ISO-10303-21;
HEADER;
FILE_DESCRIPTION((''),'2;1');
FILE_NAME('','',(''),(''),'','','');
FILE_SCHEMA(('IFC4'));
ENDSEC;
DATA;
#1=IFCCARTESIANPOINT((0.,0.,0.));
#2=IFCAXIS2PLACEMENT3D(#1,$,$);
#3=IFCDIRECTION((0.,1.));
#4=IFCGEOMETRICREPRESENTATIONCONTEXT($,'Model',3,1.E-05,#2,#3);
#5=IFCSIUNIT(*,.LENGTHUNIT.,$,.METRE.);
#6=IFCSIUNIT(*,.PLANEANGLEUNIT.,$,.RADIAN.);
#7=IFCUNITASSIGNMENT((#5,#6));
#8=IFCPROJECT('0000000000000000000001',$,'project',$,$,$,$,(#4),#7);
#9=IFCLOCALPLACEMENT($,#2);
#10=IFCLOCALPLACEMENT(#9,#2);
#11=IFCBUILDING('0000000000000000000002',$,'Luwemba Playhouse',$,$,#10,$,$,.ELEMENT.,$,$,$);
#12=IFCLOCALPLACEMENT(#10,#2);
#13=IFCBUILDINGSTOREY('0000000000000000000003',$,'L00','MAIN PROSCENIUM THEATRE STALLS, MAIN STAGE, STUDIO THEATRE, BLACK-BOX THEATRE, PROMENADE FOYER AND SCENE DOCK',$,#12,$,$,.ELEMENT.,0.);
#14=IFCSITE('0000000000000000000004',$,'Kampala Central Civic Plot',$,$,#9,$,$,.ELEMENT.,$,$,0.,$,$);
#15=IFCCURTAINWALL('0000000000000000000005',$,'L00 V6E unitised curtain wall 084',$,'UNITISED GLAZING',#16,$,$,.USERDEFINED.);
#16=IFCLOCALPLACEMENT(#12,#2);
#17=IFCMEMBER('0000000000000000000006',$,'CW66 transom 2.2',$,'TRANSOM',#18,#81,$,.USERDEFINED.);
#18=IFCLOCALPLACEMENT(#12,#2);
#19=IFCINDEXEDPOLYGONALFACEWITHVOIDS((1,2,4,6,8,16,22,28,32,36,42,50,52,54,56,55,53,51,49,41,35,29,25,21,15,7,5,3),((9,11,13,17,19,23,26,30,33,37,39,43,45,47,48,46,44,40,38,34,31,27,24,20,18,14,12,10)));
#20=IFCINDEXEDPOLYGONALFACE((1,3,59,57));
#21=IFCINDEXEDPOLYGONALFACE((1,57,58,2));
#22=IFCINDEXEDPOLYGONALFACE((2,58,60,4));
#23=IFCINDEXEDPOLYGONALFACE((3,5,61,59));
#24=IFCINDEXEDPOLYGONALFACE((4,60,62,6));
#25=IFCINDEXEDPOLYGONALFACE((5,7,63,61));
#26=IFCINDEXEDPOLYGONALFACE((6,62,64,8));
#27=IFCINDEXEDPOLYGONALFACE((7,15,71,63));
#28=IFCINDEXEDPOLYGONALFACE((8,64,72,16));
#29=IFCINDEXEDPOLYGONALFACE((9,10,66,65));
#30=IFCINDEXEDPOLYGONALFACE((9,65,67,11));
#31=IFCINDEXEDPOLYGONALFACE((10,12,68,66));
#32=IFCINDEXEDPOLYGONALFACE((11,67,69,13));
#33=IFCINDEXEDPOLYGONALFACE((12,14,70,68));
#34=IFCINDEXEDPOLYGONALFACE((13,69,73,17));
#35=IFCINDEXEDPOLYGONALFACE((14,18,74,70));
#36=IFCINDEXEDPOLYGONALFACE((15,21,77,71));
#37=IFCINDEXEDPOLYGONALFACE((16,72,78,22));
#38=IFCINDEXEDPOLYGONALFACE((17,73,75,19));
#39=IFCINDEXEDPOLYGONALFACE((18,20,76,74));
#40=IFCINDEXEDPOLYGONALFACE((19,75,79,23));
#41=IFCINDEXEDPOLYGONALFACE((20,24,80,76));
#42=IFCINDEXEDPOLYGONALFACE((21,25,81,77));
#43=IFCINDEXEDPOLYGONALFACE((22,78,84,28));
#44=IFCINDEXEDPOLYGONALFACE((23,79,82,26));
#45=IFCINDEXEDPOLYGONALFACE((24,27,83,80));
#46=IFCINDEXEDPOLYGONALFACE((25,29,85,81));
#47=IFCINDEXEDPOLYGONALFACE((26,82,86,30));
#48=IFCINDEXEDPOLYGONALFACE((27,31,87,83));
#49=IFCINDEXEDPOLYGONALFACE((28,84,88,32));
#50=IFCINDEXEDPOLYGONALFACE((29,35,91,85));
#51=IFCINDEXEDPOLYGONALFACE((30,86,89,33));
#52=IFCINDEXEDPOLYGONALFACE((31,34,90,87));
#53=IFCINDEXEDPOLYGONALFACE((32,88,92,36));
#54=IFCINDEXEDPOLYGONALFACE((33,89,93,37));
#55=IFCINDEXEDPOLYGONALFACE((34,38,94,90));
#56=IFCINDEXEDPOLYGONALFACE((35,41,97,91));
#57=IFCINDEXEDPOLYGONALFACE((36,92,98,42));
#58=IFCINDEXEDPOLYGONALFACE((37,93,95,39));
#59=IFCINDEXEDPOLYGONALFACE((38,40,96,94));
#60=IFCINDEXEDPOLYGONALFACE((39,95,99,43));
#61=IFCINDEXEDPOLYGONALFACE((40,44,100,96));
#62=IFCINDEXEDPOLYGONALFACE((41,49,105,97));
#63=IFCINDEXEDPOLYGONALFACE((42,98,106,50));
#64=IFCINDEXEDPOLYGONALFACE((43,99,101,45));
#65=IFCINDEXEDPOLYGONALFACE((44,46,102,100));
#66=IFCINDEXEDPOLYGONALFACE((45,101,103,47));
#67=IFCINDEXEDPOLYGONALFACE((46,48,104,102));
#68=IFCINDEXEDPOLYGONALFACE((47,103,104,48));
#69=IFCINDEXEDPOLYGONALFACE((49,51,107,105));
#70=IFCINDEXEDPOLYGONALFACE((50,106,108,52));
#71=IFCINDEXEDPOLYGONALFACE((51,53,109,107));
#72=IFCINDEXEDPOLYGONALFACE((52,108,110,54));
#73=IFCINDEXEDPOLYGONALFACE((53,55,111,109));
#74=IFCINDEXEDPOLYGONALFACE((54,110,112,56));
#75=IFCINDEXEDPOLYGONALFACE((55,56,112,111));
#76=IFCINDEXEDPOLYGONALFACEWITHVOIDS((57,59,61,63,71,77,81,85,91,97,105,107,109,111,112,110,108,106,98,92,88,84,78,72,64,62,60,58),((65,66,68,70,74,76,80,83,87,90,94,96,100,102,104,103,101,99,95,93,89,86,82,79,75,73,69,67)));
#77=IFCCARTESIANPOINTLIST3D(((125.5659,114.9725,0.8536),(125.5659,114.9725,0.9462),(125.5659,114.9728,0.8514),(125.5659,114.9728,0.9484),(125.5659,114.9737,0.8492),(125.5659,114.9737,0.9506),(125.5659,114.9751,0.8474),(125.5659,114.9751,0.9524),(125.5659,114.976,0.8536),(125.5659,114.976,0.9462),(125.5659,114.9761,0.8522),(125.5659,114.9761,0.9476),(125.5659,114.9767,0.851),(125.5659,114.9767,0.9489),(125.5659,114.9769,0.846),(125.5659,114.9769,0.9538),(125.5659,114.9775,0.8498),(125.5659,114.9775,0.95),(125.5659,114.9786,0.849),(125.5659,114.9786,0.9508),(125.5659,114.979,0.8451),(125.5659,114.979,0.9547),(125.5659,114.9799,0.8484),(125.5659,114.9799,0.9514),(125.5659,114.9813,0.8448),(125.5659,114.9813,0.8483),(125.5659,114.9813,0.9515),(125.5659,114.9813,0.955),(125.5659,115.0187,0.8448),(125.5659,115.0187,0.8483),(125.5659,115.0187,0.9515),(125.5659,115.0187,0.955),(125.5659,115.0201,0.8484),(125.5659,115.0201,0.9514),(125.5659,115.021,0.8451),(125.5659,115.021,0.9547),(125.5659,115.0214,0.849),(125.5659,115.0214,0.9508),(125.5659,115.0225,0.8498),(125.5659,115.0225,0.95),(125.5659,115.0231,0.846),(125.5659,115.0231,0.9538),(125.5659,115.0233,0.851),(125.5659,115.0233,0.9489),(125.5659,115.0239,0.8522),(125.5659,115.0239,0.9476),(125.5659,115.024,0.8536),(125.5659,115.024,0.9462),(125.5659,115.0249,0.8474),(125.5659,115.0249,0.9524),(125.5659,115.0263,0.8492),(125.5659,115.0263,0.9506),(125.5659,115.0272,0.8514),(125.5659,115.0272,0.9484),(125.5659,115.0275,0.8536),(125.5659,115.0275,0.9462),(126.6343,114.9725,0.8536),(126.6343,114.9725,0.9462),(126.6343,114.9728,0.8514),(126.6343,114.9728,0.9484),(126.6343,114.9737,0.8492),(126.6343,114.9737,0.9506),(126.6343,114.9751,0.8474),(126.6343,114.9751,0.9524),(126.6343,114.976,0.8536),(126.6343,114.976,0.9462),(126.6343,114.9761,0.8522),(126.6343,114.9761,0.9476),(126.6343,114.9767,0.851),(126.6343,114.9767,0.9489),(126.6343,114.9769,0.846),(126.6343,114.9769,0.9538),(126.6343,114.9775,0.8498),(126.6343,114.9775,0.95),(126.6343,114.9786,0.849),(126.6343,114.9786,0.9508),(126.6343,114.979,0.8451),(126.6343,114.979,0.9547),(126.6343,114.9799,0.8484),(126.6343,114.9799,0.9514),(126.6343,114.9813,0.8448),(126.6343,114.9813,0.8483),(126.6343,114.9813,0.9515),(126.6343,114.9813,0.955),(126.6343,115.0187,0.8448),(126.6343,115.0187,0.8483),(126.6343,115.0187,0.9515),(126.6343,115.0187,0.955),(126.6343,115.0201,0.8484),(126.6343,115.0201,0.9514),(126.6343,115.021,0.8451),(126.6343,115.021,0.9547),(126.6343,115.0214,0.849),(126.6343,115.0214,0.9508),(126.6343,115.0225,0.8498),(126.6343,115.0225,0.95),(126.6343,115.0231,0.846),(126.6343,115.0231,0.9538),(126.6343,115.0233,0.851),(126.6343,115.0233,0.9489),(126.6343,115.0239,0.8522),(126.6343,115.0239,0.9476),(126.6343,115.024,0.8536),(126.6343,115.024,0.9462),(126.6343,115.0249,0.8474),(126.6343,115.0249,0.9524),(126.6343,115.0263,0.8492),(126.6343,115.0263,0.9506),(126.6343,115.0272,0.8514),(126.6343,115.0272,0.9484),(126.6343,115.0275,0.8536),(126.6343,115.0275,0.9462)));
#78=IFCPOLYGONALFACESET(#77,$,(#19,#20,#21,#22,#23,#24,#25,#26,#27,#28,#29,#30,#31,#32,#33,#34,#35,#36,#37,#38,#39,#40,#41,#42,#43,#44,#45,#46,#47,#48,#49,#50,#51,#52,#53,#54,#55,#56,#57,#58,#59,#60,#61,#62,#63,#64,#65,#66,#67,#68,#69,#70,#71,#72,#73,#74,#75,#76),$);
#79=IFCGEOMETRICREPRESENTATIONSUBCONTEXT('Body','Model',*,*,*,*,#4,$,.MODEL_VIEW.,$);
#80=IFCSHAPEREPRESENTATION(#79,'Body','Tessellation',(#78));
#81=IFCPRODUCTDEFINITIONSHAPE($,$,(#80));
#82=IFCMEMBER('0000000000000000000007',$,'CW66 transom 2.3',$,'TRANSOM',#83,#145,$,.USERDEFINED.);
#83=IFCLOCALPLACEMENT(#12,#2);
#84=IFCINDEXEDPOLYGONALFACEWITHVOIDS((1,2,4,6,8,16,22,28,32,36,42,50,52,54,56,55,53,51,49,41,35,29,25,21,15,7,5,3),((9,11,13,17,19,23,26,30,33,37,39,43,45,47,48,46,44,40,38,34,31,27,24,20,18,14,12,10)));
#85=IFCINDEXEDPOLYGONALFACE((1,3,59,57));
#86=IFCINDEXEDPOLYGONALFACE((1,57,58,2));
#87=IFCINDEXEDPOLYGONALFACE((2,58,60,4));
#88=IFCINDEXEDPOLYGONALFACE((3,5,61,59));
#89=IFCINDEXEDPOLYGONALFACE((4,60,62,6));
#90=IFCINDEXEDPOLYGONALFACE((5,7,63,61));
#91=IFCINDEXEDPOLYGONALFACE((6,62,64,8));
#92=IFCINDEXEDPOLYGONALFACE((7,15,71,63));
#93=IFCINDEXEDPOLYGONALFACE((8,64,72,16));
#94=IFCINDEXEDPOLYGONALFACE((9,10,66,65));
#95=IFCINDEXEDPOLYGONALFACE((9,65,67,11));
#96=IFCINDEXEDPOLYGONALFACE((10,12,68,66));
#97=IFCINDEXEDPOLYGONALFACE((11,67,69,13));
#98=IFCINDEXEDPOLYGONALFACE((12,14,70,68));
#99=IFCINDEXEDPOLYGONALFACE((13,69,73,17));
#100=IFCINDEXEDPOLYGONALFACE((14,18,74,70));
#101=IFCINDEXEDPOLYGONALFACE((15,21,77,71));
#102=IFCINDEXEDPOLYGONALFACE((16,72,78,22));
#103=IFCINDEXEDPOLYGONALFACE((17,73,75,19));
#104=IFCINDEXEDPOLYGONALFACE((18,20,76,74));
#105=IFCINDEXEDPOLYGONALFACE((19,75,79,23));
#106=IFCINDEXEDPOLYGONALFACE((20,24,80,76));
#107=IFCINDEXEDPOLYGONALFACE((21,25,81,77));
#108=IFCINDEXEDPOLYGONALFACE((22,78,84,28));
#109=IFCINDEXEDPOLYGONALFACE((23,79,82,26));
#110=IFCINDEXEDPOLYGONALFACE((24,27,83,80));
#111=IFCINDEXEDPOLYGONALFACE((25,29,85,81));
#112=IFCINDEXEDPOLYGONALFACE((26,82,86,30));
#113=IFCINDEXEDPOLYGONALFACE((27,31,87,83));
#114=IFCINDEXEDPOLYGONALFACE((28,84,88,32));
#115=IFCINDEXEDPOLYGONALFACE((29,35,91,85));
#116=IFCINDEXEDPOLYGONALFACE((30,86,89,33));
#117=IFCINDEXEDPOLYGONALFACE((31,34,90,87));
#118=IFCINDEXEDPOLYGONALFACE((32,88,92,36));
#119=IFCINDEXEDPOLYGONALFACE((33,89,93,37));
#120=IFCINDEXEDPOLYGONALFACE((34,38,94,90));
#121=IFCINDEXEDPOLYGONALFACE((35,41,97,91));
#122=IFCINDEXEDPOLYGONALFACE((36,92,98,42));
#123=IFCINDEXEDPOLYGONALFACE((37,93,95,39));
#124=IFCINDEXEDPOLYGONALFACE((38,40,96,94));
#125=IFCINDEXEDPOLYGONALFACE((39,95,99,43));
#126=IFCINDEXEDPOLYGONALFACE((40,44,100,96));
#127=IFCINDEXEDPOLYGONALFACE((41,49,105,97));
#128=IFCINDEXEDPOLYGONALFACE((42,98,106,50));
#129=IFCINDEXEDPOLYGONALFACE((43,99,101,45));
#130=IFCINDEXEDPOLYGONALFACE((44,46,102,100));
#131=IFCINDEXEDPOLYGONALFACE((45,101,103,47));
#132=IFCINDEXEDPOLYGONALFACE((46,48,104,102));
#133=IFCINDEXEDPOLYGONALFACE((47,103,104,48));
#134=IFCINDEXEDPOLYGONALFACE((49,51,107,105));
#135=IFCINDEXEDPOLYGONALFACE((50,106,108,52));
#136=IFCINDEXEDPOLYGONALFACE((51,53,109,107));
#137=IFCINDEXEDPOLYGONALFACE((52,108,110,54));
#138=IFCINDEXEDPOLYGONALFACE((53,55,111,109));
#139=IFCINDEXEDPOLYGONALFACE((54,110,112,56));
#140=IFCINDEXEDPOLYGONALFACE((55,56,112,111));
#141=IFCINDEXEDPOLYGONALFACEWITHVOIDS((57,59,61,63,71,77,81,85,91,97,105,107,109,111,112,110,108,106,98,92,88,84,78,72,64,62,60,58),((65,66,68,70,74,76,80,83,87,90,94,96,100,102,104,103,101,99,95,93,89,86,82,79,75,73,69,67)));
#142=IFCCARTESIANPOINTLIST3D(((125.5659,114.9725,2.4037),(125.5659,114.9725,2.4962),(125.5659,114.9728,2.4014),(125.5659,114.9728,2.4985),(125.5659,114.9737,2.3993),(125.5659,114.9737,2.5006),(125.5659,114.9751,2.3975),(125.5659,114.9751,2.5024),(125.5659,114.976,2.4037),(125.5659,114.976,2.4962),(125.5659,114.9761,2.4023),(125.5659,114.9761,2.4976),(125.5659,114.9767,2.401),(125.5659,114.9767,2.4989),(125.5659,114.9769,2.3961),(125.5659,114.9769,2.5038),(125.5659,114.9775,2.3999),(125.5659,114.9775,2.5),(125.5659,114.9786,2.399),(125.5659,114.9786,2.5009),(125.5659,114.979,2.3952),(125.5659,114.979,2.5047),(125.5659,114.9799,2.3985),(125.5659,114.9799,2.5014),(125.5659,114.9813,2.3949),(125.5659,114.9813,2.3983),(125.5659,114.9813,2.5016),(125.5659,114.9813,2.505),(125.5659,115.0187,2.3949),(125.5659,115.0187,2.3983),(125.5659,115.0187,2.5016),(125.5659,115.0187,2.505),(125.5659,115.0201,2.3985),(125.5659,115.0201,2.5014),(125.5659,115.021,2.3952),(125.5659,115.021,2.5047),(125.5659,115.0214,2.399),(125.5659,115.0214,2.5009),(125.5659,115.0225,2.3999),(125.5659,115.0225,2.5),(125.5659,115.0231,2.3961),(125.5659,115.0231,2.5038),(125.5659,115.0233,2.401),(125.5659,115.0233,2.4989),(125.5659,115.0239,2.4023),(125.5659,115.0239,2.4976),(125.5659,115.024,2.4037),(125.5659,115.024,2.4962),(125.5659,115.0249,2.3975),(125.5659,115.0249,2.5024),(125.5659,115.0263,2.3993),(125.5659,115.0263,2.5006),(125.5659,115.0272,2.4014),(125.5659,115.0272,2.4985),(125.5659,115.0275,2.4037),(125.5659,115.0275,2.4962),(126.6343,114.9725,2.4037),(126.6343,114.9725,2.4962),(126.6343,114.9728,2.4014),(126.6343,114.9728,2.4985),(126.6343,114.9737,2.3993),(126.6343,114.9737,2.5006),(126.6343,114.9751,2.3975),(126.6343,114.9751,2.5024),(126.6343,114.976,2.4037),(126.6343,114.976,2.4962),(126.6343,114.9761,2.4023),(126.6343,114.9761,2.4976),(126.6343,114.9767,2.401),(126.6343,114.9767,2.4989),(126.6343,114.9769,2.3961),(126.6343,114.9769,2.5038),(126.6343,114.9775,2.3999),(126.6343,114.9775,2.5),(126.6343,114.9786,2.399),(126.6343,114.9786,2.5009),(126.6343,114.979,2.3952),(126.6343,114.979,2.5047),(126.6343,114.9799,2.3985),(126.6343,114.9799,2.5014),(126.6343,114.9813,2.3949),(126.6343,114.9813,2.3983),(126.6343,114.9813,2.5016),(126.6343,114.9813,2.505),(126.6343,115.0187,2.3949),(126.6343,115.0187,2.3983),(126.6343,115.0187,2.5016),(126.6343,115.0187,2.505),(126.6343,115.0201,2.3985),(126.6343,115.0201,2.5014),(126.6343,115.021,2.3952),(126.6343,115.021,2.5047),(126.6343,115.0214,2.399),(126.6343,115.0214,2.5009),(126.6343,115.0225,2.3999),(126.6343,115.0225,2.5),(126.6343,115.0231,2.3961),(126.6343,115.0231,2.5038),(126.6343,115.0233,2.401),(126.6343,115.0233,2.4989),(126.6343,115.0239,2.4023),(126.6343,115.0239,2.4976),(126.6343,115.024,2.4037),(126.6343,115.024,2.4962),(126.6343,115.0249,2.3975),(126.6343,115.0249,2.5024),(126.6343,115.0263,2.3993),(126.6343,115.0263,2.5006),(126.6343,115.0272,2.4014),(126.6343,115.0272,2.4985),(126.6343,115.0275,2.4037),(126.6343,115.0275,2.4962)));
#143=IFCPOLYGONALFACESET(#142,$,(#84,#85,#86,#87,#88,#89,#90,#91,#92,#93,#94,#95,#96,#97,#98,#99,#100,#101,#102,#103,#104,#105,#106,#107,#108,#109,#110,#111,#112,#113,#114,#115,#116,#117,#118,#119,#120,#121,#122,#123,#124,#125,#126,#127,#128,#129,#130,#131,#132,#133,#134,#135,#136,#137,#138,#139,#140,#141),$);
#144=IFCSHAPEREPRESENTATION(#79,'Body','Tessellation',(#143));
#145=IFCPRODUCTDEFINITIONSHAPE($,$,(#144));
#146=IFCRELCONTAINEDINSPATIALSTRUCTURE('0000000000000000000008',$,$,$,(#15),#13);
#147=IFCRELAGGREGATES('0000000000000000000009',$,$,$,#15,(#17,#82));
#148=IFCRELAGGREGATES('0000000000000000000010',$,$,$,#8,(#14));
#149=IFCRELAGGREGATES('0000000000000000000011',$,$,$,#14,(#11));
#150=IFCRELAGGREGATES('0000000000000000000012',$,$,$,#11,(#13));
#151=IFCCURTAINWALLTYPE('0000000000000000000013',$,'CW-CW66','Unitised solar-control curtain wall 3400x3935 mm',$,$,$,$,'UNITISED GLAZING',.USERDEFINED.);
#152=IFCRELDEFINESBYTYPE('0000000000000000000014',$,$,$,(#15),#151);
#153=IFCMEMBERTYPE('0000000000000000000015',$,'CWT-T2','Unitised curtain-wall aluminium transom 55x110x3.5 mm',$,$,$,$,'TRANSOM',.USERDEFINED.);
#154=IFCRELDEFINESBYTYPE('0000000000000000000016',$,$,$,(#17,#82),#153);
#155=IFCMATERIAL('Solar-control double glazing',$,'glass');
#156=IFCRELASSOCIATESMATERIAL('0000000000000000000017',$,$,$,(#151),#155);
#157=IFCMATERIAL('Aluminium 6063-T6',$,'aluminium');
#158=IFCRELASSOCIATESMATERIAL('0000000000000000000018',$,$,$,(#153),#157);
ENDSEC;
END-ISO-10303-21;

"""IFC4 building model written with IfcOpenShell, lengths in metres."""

from ifc_helpers import new_model, si_unit, direction, frame, origin, origin_2d, place, context, subcontext, project, spatial, hollow_rectangle, extrude, material, material_profile, profile_set, type_object, element, aggregate, save


model = new_model("IFC4")

# Units and contexts
model_context = context("Model", 3, precision=1e-05, world=origin(), true_north=direction((0.0, 1.0)))
body_context = subcontext(model_context, "Body", "Model", "MODEL_VIEW")
ifc_project = project(units=[si_unit("LENGTHUNIT", "METRE"), si_unit("PLANEANGLEUNIT", "RADIAN")], contexts=[model_context])

# Site, building, storey
site_placement = place(None, origin())
site = spatial("IfcSite", under=ifc_project, at=site_placement, Name="Kampala Central Civic Plot", CompositionType="ELEMENT", RefElevation=0.0)
building_placement = place(site_placement, origin())
building = spatial("IfcBuilding", under=site, at=building_placement, Name="Luwemba Playhouse", CompositionType="ELEMENT")
storey_placement = place(building_placement, origin())
storey = spatial("IfcBuildingStorey", under=building, at=storey_placement, Name="L00", Description="MAIN PROSCENIUM THEATRE STALLS, MAIN STAGE, STUDIO THEATRE, BLACK-BOX THEATRE, PROMENADE FOYER AND SCENE DOCK", CompositionType="ELEMENT", Elevation=0.0)

# Curtain wall, members
ifc_material_1 = material(Name="Solar-control double glazing", Category="glass")
curtain_wall_type = type_object("IfcCurtainWallType", Name="CW-CW66", Description="Unitised solar-control curtain wall 3400x3935 mm", ElementType="UNITISED GLAZING", PredefinedType="USERDEFINED", material=ifc_material_1)
curtain_wall_placement = place(storey_placement, origin())
curtain_wall = element("IfcCurtainWall", 1, at=curtain_wall_placement, inside=storey, type_object=curtain_wall_type, Name="L00 V6E unitised curtain wall 084", ObjectType="UNITISED GLAZING", PredefinedType="USERDEFINED")
ifc_material_2 = material(Name="Aluminium 6063-T6", Category="aluminium")
ifc_material_profile_1 = material_profile(ifc_material_2, hollow_rectangle(XDim=0.0549, YDim=0.1101, WallThickness=0.0034, InnerFilletRadius=0.0054, OuterFilletRadius=0.0088, at=origin_2d()))
ifc_profile_set_1 = profile_set([ifc_material_profile_1], Name="Aluminium 6063-T6")
member_type_1 = type_object("IfcMemberType", Name="CWT-T2", Description="Unitised curtain-wall aluminium transom 55x110x3.5 mm", ElementType="TRANSOM", PredefinedType="USERDEFINED", material=ifc_profile_set_1)
member_1_placement = place(storey_placement, frame((125.5659, 115.0, 0.8999), z_axis=(1.0, 0.0, 0.0), x_axis=(0.0, 1.0, 0.0)))
member_1 = element("IfcMember", 2, at=member_1_placement, type_object=member_type_1, Name="CW66 transom 2.2", ObjectType="TRANSOM", PredefinedType="USERDEFINED", context=body_context, shape_type="SweptSolid", body=[
    extrude(hollow_rectangle(XDim=0.0549, YDim=0.1101, WallThickness=0.0034, InnerFilletRadius=0.0054, OuterFilletRadius=0.0088, at=origin_2d()), origin(), (0.0, 0.0, 1.0), 1.0684),
])
member_2_placement = place(storey_placement, frame((125.5659, 115.0, 2.45), z_axis=(1.0, 0.0, 0.0), x_axis=(0.0, 1.0, 0.0)))
member_2 = element("IfcMember", 3, at=member_2_placement, type_object=member_type_1, Name="CW66 transom 2.3", ObjectType="TRANSOM", PredefinedType="USERDEFINED", context=body_context, shape_type="SweptSolid", body=[
    extrude(hollow_rectangle(XDim=0.0549, YDim=0.1101, WallThickness=0.0034, InnerFilletRadius=0.0054, OuterFilletRadius=0.0088, at=origin_2d()), origin(), (0.0, 0.0, 1.0), 1.0684),
])
aggregate(curtain_wall, [member_1, member_2])

save(model, "model.ifc")
